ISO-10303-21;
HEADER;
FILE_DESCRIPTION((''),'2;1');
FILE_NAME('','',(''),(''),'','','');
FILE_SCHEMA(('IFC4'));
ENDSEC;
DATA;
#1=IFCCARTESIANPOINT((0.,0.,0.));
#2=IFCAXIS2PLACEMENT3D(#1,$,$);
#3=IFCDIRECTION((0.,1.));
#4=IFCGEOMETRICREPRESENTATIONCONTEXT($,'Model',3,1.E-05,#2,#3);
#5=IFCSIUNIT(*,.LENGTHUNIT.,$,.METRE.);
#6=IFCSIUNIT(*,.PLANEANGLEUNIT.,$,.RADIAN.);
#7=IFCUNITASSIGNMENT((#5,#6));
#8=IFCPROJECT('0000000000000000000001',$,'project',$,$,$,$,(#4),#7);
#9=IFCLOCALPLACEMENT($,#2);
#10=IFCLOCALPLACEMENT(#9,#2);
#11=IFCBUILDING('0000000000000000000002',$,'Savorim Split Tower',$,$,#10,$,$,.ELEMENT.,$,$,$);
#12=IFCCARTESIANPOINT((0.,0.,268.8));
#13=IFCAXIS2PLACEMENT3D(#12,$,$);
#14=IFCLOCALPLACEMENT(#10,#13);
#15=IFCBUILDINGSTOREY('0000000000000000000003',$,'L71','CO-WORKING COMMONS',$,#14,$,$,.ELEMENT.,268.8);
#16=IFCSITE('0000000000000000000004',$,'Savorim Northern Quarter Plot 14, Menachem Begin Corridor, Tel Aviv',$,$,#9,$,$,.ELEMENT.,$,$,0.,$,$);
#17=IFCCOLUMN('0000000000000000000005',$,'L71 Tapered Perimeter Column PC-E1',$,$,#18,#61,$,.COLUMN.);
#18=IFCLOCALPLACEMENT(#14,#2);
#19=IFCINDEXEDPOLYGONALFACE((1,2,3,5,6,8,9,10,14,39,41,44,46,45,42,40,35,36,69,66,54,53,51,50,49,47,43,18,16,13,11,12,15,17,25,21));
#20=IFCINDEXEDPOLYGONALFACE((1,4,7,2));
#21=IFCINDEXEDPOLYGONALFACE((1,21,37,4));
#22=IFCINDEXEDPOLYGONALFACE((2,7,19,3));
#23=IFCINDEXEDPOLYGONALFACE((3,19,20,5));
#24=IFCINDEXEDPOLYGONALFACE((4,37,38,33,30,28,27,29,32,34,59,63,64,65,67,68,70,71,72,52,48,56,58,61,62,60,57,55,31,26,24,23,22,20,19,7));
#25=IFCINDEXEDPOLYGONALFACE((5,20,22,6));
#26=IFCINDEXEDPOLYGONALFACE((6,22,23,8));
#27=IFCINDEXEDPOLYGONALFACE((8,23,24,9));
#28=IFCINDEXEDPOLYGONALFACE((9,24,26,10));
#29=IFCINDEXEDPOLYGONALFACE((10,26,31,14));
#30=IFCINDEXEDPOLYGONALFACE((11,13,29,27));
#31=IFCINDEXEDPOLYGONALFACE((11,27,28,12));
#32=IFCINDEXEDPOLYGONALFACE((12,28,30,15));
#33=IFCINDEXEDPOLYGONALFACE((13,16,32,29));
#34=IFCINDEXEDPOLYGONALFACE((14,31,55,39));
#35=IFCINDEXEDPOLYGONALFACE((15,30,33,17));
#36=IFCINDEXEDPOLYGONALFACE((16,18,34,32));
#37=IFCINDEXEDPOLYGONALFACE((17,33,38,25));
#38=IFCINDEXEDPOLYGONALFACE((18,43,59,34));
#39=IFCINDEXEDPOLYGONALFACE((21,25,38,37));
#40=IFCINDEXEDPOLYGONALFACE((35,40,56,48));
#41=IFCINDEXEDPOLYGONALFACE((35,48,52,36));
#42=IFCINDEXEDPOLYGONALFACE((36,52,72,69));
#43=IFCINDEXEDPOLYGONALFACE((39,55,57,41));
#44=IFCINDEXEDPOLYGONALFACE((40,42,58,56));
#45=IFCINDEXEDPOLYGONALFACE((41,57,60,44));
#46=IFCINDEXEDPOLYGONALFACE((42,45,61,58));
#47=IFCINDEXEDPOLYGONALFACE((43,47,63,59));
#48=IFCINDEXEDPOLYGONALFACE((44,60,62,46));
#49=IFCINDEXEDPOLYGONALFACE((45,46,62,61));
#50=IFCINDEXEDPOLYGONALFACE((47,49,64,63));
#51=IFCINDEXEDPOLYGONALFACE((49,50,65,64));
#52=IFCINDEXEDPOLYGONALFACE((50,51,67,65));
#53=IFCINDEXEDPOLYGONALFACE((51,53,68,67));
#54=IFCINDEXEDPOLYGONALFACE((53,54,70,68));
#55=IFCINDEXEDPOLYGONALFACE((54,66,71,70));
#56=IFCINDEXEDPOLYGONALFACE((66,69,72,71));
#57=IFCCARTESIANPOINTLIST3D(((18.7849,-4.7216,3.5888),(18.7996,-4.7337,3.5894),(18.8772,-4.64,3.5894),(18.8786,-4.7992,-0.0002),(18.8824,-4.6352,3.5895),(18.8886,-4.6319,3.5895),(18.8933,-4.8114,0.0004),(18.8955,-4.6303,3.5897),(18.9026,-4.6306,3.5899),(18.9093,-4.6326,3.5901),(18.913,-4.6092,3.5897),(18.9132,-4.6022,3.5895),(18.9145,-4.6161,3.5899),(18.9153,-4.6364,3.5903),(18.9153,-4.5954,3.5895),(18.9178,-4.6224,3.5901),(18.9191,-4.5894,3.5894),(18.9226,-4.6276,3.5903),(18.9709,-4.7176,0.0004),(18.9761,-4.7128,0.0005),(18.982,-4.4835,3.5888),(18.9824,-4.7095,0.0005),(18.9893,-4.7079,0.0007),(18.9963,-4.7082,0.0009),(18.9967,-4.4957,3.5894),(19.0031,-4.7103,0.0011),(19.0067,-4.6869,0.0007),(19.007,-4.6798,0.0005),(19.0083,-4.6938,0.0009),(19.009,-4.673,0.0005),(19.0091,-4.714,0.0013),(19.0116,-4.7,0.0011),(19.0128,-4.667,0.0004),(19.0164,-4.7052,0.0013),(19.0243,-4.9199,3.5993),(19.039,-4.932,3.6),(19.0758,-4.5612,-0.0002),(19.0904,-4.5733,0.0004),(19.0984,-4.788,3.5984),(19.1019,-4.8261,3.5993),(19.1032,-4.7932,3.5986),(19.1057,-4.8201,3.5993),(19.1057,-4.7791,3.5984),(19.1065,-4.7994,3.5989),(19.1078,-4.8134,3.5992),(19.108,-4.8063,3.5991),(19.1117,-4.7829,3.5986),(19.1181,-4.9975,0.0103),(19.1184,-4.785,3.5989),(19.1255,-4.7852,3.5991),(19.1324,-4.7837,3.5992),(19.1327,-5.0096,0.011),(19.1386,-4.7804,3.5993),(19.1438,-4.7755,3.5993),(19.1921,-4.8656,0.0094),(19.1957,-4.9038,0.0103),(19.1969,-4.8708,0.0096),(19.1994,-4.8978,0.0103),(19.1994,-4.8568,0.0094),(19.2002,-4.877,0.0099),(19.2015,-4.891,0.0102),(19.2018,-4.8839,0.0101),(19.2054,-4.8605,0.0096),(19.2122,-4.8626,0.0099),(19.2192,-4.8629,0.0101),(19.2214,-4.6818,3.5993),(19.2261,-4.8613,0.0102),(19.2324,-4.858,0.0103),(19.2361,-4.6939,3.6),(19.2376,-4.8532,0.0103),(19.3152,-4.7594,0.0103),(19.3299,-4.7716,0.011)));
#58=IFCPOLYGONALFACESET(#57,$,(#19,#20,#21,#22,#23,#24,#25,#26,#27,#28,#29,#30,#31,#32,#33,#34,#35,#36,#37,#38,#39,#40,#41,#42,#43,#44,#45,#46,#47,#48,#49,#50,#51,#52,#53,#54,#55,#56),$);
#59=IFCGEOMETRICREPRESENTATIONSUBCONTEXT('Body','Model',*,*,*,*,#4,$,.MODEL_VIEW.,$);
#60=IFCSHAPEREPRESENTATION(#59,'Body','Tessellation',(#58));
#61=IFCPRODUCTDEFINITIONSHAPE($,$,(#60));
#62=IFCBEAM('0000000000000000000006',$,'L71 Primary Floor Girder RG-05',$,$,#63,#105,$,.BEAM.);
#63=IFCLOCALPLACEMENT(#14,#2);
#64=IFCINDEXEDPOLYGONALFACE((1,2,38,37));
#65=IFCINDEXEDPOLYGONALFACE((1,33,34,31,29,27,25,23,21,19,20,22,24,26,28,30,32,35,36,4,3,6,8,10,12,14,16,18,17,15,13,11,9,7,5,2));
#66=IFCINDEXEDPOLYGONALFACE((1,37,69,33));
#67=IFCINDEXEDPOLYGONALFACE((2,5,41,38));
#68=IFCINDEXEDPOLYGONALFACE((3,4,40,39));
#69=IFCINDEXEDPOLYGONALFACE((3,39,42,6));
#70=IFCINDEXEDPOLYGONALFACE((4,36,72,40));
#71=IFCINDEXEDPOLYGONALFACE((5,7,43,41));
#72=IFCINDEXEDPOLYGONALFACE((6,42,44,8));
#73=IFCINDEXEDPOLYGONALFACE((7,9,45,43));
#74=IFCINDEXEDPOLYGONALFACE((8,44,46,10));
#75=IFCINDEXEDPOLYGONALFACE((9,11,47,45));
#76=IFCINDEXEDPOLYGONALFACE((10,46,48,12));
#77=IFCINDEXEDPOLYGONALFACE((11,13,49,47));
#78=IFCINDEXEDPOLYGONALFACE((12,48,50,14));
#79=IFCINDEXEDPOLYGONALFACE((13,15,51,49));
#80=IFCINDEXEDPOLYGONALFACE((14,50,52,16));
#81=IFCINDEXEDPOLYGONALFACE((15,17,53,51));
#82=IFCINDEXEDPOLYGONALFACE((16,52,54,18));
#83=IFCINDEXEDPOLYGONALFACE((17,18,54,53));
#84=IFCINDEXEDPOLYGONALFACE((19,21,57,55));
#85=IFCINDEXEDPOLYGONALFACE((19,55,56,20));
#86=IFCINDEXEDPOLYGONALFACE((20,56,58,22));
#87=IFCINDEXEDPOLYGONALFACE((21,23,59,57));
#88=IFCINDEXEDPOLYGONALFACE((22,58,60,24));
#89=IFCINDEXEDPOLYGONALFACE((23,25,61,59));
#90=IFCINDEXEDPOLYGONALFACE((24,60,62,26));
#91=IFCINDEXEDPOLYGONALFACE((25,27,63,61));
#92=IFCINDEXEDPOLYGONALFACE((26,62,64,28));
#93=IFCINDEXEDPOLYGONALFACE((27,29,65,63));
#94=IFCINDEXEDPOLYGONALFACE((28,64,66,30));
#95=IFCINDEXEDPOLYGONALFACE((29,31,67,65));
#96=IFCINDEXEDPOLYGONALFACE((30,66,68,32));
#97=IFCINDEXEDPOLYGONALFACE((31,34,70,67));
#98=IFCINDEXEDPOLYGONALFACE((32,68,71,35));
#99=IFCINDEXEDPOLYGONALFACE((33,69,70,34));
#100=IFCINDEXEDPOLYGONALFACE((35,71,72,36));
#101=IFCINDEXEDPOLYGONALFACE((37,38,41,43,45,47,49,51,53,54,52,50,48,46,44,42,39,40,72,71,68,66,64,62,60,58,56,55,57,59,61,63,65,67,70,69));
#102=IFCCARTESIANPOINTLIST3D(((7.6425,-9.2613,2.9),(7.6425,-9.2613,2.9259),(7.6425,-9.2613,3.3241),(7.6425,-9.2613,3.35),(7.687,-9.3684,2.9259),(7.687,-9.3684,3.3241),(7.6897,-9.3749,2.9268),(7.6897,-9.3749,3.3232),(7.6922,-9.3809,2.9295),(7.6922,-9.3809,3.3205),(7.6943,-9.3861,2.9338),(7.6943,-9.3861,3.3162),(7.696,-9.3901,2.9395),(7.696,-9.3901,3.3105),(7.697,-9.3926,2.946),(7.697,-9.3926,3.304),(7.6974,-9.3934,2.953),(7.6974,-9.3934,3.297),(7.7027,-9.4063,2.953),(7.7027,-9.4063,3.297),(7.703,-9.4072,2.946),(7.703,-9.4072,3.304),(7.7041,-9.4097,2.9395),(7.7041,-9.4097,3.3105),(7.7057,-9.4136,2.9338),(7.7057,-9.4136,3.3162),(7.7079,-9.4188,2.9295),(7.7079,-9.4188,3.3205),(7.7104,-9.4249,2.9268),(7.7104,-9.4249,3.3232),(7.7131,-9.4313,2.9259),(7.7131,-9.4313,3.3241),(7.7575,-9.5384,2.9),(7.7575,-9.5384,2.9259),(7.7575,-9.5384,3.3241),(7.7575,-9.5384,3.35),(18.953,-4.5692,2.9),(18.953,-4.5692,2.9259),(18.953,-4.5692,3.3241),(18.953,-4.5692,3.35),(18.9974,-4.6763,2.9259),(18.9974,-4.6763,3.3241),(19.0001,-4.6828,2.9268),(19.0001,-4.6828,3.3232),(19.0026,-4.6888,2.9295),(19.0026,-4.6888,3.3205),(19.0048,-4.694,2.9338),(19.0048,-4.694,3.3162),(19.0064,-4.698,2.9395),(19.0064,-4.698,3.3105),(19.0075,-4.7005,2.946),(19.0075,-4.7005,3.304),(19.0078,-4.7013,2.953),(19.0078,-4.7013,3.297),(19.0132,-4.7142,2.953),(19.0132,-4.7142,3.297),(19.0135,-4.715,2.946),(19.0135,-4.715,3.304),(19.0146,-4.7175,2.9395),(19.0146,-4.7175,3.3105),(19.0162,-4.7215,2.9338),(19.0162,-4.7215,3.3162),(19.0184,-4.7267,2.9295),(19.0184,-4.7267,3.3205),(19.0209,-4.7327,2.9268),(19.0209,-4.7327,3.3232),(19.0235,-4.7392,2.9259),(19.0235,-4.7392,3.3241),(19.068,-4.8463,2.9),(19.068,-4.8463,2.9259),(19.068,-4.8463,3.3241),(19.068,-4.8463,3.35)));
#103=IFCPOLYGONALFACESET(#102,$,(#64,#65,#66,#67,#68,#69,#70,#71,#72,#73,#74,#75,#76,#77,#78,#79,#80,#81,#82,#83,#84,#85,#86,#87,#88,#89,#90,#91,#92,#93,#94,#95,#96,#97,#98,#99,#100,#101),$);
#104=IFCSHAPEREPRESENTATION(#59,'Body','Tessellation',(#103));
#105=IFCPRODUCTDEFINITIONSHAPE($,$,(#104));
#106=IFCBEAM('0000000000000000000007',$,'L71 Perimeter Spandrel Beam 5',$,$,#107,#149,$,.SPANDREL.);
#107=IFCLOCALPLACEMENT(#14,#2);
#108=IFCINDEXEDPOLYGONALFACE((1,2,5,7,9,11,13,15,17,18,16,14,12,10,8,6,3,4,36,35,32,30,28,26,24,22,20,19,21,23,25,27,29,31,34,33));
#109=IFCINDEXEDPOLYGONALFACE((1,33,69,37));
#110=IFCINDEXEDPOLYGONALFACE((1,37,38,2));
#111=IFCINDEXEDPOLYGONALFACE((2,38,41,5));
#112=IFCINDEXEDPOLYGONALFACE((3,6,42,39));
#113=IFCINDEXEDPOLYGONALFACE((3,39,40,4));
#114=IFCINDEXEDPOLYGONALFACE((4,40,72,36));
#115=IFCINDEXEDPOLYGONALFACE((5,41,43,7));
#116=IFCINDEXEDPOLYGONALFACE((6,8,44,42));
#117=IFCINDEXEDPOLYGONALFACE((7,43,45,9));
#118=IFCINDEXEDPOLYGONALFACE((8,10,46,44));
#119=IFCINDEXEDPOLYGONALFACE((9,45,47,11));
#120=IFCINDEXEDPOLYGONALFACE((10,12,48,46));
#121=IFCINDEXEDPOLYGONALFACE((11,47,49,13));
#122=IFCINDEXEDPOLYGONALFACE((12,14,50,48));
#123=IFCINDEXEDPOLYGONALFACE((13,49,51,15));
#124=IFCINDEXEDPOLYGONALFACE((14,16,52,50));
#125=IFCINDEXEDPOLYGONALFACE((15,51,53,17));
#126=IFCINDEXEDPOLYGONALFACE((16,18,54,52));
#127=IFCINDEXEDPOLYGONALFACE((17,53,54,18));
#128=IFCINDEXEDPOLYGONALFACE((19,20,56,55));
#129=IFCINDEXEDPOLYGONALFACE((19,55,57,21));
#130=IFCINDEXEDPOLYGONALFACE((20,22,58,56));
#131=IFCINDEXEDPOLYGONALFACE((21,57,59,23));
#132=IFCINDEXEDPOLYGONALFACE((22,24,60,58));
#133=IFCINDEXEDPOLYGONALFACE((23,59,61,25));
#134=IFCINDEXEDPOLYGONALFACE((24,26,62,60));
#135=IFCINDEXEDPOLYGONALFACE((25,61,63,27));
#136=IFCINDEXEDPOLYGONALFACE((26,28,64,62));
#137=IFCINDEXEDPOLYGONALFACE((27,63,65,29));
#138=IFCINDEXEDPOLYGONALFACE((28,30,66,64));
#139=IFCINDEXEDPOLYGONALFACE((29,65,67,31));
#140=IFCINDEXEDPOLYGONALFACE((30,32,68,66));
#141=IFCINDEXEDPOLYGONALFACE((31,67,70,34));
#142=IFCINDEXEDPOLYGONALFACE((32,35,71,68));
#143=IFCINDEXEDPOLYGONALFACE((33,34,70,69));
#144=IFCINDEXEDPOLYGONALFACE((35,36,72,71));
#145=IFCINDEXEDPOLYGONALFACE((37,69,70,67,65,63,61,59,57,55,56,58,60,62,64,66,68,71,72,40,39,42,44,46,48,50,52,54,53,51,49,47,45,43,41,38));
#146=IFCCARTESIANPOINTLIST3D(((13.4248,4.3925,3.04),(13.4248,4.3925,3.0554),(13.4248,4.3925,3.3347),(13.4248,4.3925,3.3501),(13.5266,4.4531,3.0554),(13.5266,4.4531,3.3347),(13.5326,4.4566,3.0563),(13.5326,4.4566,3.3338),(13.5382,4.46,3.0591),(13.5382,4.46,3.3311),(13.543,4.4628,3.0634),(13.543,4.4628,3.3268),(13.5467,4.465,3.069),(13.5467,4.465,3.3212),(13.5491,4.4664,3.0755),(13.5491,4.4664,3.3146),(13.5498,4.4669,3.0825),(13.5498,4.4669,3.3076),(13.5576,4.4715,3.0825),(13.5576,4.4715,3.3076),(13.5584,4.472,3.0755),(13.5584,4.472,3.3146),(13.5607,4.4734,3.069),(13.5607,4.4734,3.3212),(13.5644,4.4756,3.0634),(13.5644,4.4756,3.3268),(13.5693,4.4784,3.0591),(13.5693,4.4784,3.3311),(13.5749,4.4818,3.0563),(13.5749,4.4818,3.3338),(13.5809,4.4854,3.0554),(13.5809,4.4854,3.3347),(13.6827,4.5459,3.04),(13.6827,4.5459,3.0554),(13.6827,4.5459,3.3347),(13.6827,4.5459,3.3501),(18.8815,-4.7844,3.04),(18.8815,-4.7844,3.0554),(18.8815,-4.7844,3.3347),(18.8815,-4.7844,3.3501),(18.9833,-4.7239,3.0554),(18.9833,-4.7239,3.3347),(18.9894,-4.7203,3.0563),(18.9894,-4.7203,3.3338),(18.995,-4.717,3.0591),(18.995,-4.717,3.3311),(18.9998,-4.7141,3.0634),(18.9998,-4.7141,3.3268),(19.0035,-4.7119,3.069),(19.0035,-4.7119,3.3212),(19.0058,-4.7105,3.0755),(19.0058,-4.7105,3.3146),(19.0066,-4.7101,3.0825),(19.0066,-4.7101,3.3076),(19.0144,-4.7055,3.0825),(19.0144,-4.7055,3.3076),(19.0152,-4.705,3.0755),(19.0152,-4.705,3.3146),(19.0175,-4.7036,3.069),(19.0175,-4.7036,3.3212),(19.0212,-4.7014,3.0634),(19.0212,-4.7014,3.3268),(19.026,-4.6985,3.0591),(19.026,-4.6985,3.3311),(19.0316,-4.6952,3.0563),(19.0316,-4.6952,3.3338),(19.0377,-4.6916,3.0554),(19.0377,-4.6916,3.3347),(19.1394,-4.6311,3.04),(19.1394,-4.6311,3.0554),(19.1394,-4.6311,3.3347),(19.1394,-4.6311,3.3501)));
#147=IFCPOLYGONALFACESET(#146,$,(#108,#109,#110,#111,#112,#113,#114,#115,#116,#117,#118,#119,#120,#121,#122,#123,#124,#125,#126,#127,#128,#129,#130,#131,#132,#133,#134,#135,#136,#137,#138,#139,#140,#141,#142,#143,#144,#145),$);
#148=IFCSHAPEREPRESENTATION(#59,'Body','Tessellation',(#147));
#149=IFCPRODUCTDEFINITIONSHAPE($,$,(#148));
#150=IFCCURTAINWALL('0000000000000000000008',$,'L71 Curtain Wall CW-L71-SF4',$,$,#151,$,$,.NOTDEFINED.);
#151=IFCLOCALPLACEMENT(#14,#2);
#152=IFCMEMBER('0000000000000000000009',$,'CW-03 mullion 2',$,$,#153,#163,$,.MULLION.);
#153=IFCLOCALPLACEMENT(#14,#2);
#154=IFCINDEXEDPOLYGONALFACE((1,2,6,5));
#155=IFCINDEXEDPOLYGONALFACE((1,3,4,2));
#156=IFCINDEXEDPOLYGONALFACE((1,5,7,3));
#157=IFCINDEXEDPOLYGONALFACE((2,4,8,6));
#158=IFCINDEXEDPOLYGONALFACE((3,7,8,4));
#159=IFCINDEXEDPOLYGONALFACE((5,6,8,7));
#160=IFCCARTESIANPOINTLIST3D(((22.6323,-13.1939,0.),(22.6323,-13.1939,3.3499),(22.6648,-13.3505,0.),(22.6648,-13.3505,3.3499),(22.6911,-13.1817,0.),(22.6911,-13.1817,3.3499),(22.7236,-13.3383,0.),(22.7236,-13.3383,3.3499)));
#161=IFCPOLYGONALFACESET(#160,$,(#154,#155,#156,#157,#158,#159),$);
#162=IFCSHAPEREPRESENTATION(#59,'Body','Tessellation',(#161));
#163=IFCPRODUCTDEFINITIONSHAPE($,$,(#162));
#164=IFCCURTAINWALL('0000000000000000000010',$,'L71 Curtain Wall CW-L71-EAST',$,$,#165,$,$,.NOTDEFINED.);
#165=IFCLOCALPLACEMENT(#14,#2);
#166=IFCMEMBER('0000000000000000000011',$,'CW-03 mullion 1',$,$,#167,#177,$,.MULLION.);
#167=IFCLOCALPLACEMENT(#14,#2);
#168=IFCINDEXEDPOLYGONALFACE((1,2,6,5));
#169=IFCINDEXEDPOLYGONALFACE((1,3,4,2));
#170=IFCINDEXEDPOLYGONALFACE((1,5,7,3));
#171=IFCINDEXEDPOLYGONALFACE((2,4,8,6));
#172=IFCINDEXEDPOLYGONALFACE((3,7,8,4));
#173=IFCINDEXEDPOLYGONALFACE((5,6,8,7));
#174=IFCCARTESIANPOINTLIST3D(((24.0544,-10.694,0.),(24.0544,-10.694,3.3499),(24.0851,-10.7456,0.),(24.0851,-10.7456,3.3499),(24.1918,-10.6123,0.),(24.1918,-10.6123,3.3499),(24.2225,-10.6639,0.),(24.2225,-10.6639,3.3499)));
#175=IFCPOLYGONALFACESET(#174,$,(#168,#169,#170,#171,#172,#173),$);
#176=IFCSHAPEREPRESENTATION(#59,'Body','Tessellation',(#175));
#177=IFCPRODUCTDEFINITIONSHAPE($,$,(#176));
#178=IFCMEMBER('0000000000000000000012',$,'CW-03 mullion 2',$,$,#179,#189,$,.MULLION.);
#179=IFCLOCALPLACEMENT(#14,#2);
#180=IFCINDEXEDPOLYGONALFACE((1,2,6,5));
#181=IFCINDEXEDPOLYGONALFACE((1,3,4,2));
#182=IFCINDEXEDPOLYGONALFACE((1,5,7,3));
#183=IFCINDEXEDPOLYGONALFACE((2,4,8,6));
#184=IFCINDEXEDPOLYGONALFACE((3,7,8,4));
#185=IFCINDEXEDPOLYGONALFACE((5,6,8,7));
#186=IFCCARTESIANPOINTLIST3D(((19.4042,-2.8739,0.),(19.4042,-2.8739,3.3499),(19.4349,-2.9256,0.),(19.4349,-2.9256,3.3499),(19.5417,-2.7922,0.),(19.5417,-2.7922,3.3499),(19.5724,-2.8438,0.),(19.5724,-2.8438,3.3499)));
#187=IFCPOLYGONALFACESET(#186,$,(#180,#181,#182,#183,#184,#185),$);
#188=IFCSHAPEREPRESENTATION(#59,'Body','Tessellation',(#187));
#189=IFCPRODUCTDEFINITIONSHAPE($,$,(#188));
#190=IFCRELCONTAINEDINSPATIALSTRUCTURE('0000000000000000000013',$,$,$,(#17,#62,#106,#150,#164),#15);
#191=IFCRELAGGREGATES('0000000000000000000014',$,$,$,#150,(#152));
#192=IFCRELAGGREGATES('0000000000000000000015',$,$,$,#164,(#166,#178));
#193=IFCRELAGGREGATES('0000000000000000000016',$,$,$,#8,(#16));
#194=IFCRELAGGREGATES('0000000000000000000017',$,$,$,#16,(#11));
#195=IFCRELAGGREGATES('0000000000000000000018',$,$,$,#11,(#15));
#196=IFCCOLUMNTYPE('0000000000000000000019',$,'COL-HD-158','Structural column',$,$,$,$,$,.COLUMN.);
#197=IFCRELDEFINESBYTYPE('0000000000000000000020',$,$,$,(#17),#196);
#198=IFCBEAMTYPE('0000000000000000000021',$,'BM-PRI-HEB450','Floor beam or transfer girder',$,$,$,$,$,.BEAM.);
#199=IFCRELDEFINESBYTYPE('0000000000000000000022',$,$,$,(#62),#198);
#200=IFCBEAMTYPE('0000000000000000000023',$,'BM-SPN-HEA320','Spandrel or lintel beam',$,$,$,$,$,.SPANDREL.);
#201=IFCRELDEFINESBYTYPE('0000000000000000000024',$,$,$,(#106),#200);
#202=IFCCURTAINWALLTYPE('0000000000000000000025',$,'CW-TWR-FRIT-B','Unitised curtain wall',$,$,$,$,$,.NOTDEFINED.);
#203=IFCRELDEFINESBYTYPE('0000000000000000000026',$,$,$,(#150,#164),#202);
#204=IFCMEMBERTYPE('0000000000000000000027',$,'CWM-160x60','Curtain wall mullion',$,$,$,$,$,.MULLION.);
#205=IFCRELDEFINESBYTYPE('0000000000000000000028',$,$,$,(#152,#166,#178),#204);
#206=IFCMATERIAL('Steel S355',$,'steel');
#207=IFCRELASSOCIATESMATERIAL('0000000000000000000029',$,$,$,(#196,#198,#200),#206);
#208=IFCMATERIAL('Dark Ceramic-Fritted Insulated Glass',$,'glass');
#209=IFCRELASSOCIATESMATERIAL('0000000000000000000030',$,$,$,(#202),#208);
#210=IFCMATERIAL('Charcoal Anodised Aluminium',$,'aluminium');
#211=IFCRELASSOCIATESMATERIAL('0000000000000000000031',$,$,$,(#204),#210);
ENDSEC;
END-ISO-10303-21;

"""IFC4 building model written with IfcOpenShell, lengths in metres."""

from ifc_helpers import new_model, si_unit, direction, frame, origin, origin_2d, place, context, subcontext, project, spatial, rectangle, i_section, extrude, material, material_profile, profile_set, type_object, element, aggregate, save


model = new_model("IFC4")

# Units and contexts
model_context = context("Model", 3, precision=1e-05, world=origin(), true_north=direction((0.0, 1.0)))
body_context = subcontext(model_context, "Body", "Model", "MODEL_VIEW")
ifc_project = project(units=[si_unit("LENGTHUNIT", "METRE"), si_unit("PLANEANGLEUNIT", "RADIAN")], contexts=[model_context])

# Site, building, storey
site_placement = place(None, origin())
site = spatial("IfcSite", under=ifc_project, at=site_placement, Name="Savorim Northern Quarter Plot 14, Menachem Begin Corridor, Tel Aviv", CompositionType="ELEMENT", RefElevation=0.0)
building_placement = place(site_placement, origin())
building = spatial("IfcBuilding", under=site, at=building_placement, Name="Savorim Split Tower", CompositionType="ELEMENT")
storey_placement = place(building_placement, frame((0.0, 0.0, 268.8)))
storey = spatial("IfcBuildingStorey", under=building, at=storey_placement, Name="L71", Description="CO-WORKING COMMONS", CompositionType="ELEMENT", Elevation=268.8)

# Column
ifc_material_1 = material(Name="Steel S355", Category="steel")
ifc_material_profile_1 = material_profile(ifc_material_1, i_section(OverallWidth=0.3091, OverallDepth=0.3301, WebThickness=0.0115, FlangeThickness=0.019, FilletRadius=0.0271, at=origin_2d()), Name="HD 320x158")
ifc_profile_set_1 = profile_set([ifc_material_profile_1], Name="Steel S355")
column_type = type_object("IfcColumnType", Name="COL-HD-158", Description="Structural column", PredefinedType="COLUMN", material=ifc_profile_set_1)
column_placement = place(storey_placement, frame((19.1042, -4.7854, 0.0054), z_axis=(-0.026106, 0.021619, 0.999425), x_axis=(-0.637814, -0.77019, 0.0)))
element("IfcColumn", 1, at=column_placement, inside=storey, type_object=column_type, Name="L71 Tapered Perimeter Column PC-E1", PredefinedType="COLUMN", context=body_context, shape_type="SweptSolid", body=[
    extrude(i_section(OverallWidth=0.3091, OverallDepth=0.3301, WebThickness=0.0115, FlangeThickness=0.019, FilletRadius=0.0271, at=origin_2d()), origin(), (0.0, 0.0, 1.0), 3.5911),
])

# Beams
ifc_material_profile_2 = material_profile(ifc_material_1, i_section(OverallWidth=0.3, OverallDepth=0.45, WebThickness=0.0139, FlangeThickness=0.0259, FilletRadius=0.0271, at=origin_2d()), Name="HEB 450")
ifc_profile_set_2 = profile_set([ifc_material_profile_2], Name="Steel S355")
beam_type_1 = type_object("IfcBeamType", Name="BM-PRI-HEB450", Description="Floor beam or transfer girder", PredefinedType="BEAM", material=ifc_profile_set_2)
beam_1_placement = place(storey_placement, frame((19.0105, -4.7078, 3.125), z_axis=(-0.923673, -0.383182, 0.0), x_axis=(0.383182, -0.923673, 0.0)))
element("IfcBeam", 2, at=beam_1_placement, inside=storey, type_object=beam_type_1, Name="L71 Primary Floor Girder RG-05", PredefinedType="BEAM", context=body_context, shape_type="SweptSolid", body=[
    extrude(i_section(OverallWidth=0.3, OverallDepth=0.45, WebThickness=0.0139, FlangeThickness=0.0259, FilletRadius=0.0271, at=origin_2d()), origin(), (0.0, 0.0, 1.0), 12.2451),
])
ifc_material_profile_3 = material_profile(ifc_material_1, i_section(OverallWidth=0.3, OverallDepth=0.3101, WebThickness=0.009, FlangeThickness=0.0154, FilletRadius=0.0271, at=origin_2d()), Name="HEA 320")
ifc_profile_set_3 = profile_set([ifc_material_profile_3], Name="Steel S355")
beam_type_2 = type_object("IfcBeamType", Name="BM-SPN-HEA320", Description="Spandrel or lintel beam", PredefinedType="SPANDREL", material=ifc_profile_set_3)
beam_2_placement = place(storey_placement, frame((19.0105, -4.7078, 3.1951), z_axis=(-0.511089, 0.859528, 0.0), x_axis=(-0.859528, -0.511089, 0.0)))
element("IfcBeam", 3, at=beam_2_placement, inside=storey, type_object=beam_type_2, Name="L71 Perimeter Spandrel Beam 5", PredefinedType="SPANDREL", context=body_context, shape_type="SweptSolid", body=[
    extrude(i_section(OverallWidth=0.3, OverallDepth=0.3101, WebThickness=0.009, FlangeThickness=0.0154, FilletRadius=0.0271, at=origin_2d()), origin(), (0.0, 0.0, 1.0), 10.6768),
])

# Curtain wall, member
ifc_material_2 = material(Name="Dark Ceramic-Fritted Insulated Glass", Category="glass")
curtain_wall_type = type_object("IfcCurtainWallType", Name="CW-TWR-FRIT-B", Description="Unitised curtain wall", PredefinedType="NOTDEFINED", material=ifc_material_2)
curtain_wall_1_placement = place(storey_placement, origin())
curtain_wall_1 = element("IfcCurtainWall", 4, at=curtain_wall_1_placement, inside=storey, type_object=curtain_wall_type, Name="L71 Curtain Wall CW-L71-SF4", PredefinedType="NOTDEFINED")
ifc_material_3 = material(Name="Charcoal Anodised Aluminium", Category="aluminium")
ifc_material_profile_4 = material_profile(ifc_material_3, rectangle(XDim=0.1599, YDim=0.0601, at=origin_2d()), Name="ALU-M 160x60")
ifc_profile_set_4 = profile_set([ifc_material_profile_4], Name="Charcoal Anodised Aluminium")
member_type_1 = type_object("IfcMemberType", Name="CWM-160x60", Description="Curtain wall mullion", PredefinedType="MULLION", material=ifc_profile_set_4)
member_1_placement = place(storey_placement, frame((22.678, -13.2661, 0.0), z_axis=(0.0, 0.0, 1.0), x_axis=(-0.203208, 0.979136, 0.0)))
member_1 = element("IfcMember", 5, at=member_1_placement, type_object=member_type_1, Name="CW-03 mullion 2", PredefinedType="MULLION", context=body_context, shape_type="SweptSolid", body=[
    extrude(rectangle(XDim=0.1599, YDim=0.0601, at=origin_2d()), origin(), (0.0, 0.0, 1.0), 3.3499),
])
aggregate(curtain_wall_1, [member_1])

# Curtain wall, members
curtain_wall_2_placement = place(storey_placement, origin())
curtain_wall_2 = element("IfcCurtainWall", 6, at=curtain_wall_2_placement, inside=storey, type_object=curtain_wall_type, Name="L71 Curtain Wall CW-L71-EAST", PredefinedType="NOTDEFINED")
member_2_placement = place(storey_placement, frame((24.1384, -10.679, 0.0), z_axis=(0.0, 0.0, 1.0), x_axis=(-0.859527, -0.51109, 0.0)))
member_2 = element("IfcMember", 7, at=member_2_placement, type_object=member_type_1, Name="CW-03 mullion 1", PredefinedType="MULLION", context=body_context, shape_type="SweptSolid", body=[
    extrude(rectangle(XDim=0.1599, YDim=0.0601, at=origin_2d()), origin(), (0.0, 0.0, 1.0), 3.3499),
])
member_3_placement = place(storey_placement, frame((19.4883, -2.8589, 0.0), z_axis=(0.0, 0.0, 1.0), x_axis=(-0.859527, -0.51109, 0.0)))
member_3 = element("IfcMember", 8, at=member_3_placement, type_object=member_type_1, Name="CW-03 mullion 2", PredefinedType="MULLION", context=body_context, shape_type="SweptSolid", body=[
    extrude(rectangle(XDim=0.1599, YDim=0.0601, at=origin_2d()), origin(), (0.0, 0.0, 1.0), 3.3499),
])
aggregate(curtain_wall_2, [member_2, member_3])

save(model, "model.ifc")
